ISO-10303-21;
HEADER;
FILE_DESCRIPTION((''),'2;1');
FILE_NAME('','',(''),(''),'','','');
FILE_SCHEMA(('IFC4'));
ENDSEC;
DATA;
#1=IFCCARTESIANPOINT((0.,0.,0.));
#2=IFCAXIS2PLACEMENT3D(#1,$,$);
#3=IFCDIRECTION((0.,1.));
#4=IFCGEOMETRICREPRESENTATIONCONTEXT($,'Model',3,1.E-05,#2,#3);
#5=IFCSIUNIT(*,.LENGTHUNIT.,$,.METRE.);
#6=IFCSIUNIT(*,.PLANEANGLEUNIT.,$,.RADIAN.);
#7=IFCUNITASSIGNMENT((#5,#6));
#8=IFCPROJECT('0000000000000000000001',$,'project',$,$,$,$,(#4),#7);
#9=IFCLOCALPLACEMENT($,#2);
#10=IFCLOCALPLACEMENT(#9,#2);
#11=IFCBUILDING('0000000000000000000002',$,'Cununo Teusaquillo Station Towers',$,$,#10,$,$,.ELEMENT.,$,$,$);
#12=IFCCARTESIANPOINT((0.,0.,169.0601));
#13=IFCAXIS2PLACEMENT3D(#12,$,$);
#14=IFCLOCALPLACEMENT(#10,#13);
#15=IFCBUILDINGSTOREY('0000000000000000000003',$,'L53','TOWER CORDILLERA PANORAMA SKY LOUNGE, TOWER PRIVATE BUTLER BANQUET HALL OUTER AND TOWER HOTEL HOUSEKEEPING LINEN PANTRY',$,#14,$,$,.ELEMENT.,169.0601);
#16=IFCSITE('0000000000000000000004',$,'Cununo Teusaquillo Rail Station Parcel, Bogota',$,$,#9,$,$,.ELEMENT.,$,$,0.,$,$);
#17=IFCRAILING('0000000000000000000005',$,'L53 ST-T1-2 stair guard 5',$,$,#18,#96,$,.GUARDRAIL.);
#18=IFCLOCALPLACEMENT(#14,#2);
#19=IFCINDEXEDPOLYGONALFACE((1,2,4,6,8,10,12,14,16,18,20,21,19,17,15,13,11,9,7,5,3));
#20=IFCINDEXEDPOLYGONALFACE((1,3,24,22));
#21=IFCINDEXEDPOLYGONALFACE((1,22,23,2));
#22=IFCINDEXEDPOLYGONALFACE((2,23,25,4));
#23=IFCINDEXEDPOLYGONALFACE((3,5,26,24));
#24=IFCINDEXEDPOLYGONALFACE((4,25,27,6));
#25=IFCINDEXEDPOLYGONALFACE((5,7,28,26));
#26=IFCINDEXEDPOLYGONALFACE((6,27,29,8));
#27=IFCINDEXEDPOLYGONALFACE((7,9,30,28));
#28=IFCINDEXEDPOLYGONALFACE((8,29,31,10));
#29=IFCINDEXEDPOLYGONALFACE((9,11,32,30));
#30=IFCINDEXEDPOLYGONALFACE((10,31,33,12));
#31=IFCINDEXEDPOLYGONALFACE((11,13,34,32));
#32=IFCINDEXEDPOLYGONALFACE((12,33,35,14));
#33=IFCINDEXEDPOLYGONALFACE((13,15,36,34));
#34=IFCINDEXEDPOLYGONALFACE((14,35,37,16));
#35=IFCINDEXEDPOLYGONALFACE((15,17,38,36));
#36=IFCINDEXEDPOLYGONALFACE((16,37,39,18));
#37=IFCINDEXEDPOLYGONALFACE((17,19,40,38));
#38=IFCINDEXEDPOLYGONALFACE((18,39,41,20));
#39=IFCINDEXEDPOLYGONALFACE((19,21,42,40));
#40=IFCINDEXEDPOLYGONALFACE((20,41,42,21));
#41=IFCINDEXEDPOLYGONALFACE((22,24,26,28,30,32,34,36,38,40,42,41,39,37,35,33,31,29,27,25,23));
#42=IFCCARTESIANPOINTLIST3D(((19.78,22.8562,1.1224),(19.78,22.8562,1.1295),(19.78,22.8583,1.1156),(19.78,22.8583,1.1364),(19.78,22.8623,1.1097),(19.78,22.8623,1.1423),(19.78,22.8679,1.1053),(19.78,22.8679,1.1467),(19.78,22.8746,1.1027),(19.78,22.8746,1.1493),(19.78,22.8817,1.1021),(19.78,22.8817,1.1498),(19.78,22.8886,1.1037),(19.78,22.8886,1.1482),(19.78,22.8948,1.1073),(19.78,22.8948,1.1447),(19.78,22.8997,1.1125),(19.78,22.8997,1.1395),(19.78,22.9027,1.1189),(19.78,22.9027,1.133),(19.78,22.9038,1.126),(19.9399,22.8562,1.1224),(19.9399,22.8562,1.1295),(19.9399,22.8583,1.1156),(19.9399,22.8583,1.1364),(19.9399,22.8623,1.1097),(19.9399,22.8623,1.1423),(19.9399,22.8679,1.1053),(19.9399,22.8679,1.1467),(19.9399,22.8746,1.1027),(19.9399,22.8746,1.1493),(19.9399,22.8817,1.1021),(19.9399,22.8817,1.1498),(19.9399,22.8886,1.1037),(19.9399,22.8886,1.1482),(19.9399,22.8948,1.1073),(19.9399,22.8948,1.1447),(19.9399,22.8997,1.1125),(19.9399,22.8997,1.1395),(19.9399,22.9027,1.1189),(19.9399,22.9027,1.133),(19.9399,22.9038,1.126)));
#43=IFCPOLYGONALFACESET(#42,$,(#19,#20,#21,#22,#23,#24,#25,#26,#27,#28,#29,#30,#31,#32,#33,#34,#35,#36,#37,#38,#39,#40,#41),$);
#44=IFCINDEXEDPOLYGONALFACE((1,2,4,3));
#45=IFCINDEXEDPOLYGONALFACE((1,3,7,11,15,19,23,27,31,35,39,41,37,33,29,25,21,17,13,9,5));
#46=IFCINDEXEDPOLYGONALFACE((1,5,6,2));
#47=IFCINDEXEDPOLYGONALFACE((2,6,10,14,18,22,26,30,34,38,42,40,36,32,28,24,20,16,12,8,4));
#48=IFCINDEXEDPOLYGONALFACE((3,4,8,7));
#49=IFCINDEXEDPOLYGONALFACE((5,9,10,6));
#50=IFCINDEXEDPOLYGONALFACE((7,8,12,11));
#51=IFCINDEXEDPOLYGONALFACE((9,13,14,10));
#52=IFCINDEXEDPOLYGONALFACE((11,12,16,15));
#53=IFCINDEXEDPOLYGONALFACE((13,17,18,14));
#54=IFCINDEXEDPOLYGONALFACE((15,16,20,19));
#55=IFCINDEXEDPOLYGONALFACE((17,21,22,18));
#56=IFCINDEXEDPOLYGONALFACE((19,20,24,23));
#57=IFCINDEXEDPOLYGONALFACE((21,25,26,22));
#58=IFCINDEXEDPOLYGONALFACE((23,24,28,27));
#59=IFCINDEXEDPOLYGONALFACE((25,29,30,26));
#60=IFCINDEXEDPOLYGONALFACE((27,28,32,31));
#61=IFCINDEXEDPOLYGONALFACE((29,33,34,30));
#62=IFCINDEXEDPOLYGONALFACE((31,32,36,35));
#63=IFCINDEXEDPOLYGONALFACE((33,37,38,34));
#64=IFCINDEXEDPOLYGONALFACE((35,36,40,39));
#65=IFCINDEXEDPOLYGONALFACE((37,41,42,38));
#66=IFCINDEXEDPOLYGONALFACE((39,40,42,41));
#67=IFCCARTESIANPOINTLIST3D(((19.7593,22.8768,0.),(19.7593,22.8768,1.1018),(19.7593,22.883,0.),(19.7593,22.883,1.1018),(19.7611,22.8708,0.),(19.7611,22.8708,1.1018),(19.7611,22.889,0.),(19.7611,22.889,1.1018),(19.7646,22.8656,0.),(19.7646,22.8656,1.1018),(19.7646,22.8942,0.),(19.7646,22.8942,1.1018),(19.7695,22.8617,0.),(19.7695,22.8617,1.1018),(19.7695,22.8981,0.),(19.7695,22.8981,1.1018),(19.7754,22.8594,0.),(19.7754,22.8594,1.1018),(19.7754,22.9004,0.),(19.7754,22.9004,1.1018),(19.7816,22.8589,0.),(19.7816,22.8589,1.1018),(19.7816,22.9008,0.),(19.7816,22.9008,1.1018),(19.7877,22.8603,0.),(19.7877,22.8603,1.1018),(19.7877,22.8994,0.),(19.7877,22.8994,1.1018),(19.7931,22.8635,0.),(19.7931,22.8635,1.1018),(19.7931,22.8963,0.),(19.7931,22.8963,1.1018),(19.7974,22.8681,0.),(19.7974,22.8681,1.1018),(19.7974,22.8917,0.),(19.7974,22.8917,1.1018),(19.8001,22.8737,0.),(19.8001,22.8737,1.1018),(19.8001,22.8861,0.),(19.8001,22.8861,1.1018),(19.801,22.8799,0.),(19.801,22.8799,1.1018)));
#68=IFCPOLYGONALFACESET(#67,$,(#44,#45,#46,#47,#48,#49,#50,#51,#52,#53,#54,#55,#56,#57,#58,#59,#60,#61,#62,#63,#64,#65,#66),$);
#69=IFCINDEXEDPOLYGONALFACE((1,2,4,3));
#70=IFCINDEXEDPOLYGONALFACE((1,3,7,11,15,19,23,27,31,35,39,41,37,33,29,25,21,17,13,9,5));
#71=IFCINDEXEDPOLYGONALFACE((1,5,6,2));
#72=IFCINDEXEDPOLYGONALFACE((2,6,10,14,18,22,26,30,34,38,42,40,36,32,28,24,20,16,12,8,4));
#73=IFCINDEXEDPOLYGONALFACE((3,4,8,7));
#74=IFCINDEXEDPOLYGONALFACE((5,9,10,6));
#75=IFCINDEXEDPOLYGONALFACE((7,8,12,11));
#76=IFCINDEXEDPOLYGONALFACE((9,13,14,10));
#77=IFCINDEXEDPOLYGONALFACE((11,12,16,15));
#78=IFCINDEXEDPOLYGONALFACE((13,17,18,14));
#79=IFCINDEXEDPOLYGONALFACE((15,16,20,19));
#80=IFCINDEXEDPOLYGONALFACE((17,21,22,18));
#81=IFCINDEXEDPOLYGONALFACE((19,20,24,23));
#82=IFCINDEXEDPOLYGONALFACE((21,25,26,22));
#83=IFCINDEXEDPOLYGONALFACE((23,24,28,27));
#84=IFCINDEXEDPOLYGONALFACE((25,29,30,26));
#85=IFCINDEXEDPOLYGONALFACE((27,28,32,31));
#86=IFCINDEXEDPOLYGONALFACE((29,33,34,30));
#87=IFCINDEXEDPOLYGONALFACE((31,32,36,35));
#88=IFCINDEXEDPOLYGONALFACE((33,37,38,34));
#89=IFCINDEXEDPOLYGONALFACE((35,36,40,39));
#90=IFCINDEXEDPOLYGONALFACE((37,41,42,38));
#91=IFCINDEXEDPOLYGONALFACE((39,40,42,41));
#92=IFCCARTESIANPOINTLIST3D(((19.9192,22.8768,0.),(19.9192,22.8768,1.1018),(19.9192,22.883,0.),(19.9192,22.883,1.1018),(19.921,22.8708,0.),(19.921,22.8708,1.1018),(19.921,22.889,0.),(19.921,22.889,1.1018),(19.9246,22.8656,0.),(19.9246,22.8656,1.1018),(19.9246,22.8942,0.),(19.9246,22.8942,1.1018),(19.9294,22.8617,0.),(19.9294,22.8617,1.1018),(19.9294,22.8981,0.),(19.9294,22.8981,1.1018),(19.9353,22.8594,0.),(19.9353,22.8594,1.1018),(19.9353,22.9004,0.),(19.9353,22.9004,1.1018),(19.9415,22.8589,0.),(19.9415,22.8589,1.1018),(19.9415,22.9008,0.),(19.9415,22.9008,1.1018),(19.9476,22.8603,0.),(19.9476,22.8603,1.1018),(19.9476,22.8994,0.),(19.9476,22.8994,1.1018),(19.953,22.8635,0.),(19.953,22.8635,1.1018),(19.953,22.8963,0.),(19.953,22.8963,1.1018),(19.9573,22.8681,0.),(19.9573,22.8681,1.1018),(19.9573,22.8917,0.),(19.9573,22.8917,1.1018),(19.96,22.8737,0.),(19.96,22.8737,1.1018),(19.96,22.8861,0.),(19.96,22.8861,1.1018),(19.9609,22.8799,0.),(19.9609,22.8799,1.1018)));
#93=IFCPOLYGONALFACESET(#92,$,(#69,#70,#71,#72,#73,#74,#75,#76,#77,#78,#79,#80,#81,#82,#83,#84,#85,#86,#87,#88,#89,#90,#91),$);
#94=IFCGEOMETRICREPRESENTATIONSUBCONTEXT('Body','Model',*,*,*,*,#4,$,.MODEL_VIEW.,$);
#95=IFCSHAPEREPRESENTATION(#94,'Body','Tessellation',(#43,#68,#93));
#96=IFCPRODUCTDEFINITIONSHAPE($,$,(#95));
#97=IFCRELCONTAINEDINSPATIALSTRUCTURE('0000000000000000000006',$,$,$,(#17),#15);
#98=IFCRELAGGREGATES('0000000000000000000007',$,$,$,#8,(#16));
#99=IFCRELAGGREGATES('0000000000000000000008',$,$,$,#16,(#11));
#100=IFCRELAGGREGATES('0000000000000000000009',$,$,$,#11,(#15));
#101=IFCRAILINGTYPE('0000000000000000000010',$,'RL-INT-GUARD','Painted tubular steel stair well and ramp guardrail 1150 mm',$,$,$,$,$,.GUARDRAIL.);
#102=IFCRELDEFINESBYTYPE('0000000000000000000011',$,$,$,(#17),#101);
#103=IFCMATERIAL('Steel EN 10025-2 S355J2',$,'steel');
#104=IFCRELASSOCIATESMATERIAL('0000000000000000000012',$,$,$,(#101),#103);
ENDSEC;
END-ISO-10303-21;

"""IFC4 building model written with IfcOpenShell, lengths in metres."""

from ifc_helpers import new_model, si_unit, direction, frame, origin, origin_2d, place, context, subcontext, project, spatial, circle, extrude, material, type_object, element, save


model = new_model("IFC4")

# Units and contexts
model_context = context("Model", 3, precision=1e-05, world=origin(), true_north=direction((0.0, 1.0)))
body_context = subcontext(model_context, "Body", "Model", "MODEL_VIEW")
ifc_project = project(units=[si_unit("LENGTHUNIT", "METRE"), si_unit("PLANEANGLEUNIT", "RADIAN")], contexts=[model_context])

# Site, building, storey
site_placement = place(None, origin())
site = spatial("IfcSite", under=ifc_project, at=site_placement, Name="Cununo Teusaquillo Rail Station Parcel, Bogota", CompositionType="ELEMENT", RefElevation=0.0)
building_placement = place(site_placement, origin())
building = spatial("IfcBuilding", under=site, at=building_placement, Name="Cununo Teusaquillo Station Towers", CompositionType="ELEMENT")
storey_placement = place(building_placement, frame((0.0, 0.0, 169.0601)))
storey = spatial("IfcBuildingStorey", under=building, at=storey_placement, Name="L53", Description="TOWER CORDILLERA PANORAMA SKY LOUNGE, TOWER PRIVATE BUTLER BANQUET HALL OUTER AND TOWER HOTEL HOUSEKEEPING LINEN PANTRY", CompositionType="ELEMENT", Elevation=169.0601)

# Railing
ifc_material_1 = material(Name="Steel EN 10025-2 S355J2", Category="steel")
railing_type_1 = type_object("IfcRailingType", Name="RL-INT-GUARD", Description="Painted tubular steel stair well and ramp guardrail 1150 mm", PredefinedType="GUARDRAIL", material=ifc_material_1)
railing_1_placement = place(storey_placement, frame((19.78, 22.8799, 0.0)))
element("IfcRailing", 1, at=railing_1_placement, inside=storey, type_object=railing_type_1, Name="L53 ST-T1-2 stair guard 5", PredefinedType="GUARDRAIL", context=body_context, shape_type="SweptSolid", body=[
    extrude(circle(Radius=0.0239, at=origin_2d()), frame((0.0, 0.0, 1.126), z_axis=(1.0, 0.0, 0.0), x_axis=(0.0, 1.0, 0.0)), (0.0, 0.0, 1.0), 0.1599),
    extrude(circle(Radius=0.021, at=origin_2d()), origin(), (0.0, 0.0, 1.0), 1.1018),
    extrude(circle(Radius=0.021, at=origin_2d()), frame((0.1599, 0.0, 0.0)), (0.0, 0.0, 1.0), 1.1018),
])

save(model, "model.ifc")
